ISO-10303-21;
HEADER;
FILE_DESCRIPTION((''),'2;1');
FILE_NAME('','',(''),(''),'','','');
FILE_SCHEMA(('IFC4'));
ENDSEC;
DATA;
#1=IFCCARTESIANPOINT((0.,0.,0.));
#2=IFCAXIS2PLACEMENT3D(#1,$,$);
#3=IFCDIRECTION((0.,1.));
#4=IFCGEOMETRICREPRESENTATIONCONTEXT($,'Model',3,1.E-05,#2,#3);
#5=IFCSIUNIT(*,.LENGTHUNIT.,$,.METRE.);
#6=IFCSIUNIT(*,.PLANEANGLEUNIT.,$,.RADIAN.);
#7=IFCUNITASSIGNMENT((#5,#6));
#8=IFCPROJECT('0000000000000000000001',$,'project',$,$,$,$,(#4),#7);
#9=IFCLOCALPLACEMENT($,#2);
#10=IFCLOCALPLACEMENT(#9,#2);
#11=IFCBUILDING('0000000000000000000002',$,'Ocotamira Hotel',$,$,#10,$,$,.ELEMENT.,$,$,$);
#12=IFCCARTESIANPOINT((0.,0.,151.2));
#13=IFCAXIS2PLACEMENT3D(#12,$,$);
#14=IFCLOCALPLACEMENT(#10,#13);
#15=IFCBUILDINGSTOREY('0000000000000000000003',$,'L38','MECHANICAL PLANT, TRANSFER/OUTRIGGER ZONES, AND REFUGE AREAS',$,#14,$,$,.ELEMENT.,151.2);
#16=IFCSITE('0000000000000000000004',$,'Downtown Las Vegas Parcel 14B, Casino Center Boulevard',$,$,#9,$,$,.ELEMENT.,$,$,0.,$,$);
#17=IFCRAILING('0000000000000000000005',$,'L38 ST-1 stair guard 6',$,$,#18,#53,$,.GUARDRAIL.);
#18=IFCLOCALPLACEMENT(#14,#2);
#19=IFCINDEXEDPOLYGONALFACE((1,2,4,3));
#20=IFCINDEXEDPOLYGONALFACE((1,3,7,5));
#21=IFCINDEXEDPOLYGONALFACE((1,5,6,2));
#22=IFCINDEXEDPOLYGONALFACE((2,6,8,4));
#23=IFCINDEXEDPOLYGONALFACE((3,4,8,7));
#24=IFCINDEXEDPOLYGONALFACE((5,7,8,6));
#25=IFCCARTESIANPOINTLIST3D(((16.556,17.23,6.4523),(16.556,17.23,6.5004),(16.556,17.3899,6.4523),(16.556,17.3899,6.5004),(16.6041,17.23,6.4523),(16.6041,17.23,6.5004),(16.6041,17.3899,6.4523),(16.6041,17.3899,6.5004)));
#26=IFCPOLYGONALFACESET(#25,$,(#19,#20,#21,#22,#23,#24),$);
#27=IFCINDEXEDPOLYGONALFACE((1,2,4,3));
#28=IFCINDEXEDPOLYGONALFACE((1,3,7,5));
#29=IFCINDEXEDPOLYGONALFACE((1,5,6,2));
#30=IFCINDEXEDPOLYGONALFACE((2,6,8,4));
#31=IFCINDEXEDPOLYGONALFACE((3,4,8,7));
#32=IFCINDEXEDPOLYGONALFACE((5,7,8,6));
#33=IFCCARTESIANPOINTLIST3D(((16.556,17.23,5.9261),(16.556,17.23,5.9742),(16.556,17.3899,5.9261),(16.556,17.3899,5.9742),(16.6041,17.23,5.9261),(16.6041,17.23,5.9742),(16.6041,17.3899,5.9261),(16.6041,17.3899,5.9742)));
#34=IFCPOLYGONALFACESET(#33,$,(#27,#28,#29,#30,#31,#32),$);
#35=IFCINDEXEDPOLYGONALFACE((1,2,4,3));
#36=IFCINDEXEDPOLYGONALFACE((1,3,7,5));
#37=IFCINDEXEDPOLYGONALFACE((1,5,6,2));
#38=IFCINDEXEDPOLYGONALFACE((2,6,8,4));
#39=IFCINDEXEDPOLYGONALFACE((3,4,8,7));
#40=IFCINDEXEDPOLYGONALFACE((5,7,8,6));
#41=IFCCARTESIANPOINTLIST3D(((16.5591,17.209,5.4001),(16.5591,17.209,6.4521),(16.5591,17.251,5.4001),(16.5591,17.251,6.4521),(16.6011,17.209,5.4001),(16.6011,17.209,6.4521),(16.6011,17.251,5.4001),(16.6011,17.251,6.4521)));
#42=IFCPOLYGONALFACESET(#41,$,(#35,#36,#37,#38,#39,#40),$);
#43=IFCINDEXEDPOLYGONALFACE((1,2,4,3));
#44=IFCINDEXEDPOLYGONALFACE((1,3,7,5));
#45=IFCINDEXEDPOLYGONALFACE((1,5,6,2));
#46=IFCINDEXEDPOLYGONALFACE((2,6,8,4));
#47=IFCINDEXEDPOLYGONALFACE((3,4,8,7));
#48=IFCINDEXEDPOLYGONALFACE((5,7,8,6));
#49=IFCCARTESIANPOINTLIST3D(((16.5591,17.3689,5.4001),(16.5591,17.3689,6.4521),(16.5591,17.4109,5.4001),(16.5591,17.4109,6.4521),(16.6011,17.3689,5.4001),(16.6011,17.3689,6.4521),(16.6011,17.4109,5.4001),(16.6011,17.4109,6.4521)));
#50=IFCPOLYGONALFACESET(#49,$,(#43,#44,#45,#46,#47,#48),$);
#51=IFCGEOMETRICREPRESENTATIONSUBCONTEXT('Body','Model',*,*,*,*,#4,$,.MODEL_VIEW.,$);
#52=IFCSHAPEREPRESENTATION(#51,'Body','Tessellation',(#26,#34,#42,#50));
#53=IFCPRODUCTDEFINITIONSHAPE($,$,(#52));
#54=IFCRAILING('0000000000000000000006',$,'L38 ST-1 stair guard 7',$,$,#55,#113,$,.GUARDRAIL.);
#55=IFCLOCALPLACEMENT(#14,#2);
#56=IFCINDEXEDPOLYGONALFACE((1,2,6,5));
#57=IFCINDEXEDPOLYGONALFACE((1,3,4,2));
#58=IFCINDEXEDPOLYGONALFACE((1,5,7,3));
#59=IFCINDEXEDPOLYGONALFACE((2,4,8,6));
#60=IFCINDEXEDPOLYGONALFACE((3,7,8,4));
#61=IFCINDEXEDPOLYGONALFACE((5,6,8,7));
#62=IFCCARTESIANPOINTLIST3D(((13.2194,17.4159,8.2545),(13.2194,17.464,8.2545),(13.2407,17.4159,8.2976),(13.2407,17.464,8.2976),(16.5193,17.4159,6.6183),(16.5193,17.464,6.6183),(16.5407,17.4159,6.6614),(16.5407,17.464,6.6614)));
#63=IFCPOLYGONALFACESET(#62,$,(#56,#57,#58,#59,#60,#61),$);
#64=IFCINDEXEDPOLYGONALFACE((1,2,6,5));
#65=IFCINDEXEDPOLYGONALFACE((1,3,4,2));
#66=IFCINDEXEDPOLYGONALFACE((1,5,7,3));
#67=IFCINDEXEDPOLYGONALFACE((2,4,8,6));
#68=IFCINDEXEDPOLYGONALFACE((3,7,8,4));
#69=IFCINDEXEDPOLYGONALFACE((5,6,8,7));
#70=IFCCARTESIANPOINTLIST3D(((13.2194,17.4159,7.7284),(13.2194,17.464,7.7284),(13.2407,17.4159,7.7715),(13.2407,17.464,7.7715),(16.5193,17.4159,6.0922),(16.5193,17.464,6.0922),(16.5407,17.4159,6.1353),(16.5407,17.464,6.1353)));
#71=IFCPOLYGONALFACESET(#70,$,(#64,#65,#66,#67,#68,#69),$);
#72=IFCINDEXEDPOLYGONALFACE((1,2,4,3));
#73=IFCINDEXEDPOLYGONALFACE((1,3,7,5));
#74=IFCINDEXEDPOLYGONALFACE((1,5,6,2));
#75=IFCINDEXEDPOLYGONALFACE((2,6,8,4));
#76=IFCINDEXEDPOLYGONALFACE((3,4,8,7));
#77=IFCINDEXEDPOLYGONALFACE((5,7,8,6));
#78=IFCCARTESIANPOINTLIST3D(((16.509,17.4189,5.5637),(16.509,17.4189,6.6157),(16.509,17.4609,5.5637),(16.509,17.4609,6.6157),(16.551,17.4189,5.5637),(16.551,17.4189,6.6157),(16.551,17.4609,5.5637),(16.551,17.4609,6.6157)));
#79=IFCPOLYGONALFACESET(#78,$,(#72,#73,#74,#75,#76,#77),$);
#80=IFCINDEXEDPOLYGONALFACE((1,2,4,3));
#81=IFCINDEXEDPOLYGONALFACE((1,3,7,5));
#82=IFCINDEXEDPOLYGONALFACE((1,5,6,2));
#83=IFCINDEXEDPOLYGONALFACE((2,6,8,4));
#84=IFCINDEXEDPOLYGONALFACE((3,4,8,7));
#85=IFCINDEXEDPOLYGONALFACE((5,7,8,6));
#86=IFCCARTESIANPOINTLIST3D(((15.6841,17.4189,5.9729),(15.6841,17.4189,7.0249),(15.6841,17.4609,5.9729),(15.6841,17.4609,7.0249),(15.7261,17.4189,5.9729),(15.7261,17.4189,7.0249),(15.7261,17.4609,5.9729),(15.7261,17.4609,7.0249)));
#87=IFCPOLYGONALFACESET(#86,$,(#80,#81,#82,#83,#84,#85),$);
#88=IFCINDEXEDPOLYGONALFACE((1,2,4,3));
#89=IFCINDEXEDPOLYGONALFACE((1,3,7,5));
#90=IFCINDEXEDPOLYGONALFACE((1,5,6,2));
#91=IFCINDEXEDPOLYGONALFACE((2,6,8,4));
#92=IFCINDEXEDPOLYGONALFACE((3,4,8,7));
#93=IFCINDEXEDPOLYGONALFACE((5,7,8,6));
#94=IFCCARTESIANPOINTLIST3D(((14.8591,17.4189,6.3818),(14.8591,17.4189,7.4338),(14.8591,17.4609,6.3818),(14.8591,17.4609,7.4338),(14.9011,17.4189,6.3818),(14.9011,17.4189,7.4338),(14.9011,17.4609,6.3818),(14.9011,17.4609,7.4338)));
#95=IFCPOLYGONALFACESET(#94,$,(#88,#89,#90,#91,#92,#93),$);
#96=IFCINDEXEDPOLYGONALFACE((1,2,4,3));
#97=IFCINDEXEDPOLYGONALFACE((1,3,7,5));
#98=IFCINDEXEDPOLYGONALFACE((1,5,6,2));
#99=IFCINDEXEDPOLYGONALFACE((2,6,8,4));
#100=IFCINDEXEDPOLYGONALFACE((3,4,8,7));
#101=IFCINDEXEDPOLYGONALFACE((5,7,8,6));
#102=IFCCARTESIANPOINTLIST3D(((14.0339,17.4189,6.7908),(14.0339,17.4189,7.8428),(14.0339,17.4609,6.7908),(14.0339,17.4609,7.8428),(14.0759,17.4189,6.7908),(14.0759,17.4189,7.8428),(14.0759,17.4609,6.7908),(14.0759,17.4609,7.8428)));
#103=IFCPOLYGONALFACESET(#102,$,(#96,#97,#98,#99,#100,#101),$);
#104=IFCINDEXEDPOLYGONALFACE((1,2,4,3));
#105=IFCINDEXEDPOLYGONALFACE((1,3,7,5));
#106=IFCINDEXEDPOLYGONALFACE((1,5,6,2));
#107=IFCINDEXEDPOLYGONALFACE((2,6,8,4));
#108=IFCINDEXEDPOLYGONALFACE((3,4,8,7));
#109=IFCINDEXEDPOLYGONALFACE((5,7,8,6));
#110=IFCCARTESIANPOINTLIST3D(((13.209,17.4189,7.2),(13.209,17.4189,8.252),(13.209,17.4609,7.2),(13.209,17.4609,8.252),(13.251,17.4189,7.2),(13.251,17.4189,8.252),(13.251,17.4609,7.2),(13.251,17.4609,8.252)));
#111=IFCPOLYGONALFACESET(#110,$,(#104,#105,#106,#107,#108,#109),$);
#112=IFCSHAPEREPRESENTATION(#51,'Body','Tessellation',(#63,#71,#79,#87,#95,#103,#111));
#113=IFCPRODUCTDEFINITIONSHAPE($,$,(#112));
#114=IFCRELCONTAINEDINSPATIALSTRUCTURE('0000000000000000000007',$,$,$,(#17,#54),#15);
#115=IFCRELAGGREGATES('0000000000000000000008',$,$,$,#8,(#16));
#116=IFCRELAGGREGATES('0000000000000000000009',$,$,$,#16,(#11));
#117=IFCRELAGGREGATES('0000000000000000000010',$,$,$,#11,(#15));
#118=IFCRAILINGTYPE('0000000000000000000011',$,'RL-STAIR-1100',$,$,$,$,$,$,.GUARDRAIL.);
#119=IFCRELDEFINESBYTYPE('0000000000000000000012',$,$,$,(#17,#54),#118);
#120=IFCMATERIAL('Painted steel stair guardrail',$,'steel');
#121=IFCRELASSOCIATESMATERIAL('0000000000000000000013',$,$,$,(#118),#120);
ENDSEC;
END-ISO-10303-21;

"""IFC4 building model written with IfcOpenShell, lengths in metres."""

from ifc_helpers import new_model, si_unit, direction, frame, origin, origin_2d, place, context, subcontext, project, spatial, rectangle, extrude, material, type_object, element, save


model = new_model("IFC4")

# Units and contexts
model_context = context("Model", 3, precision=1e-05, world=origin(), true_north=direction((0.0, 1.0)))
body_context = subcontext(model_context, "Body", "Model", "MODEL_VIEW")
ifc_project = project(units=[si_unit("LENGTHUNIT", "METRE"), si_unit("PLANEANGLEUNIT", "RADIAN")], contexts=[model_context])

# Site, building, storey
site_placement = place(None, origin())
site = spatial("IfcSite", under=ifc_project, at=site_placement, Name="Downtown Las Vegas Parcel 14B, Casino Center Boulevard", CompositionType="ELEMENT", RefElevation=0.0)
building_placement = place(site_placement, origin())
building = spatial("IfcBuilding", under=site, at=building_placement, Name="Ocotamira Hotel", CompositionType="ELEMENT")
storey_placement = place(building_placement, frame((0.0, 0.0, 151.2)))
storey = spatial("IfcBuildingStorey", under=building, at=storey_placement, Name="L38", Description="MECHANICAL PLANT, TRANSFER/OUTRIGGER ZONES, AND REFUGE AREAS", CompositionType="ELEMENT", Elevation=151.2)

# Railings
ifc_material_1 = material(Name="Painted steel stair guardrail", Category="steel")
railing_type_1 = type_object("IfcRailingType", Name="RL-STAIR-1100", PredefinedType="GUARDRAIL", material=ifc_material_1)
railing_1_placement = place(storey_placement, frame((16.5801, 17.23, 5.4001)))
element("IfcRailing", 1, at=railing_1_placement, inside=storey, type_object=railing_type_1, Name="L38 ST-1 stair guard 6", PredefinedType="GUARDRAIL", context=body_context, shape_type="SweptSolid", body=[
    extrude(rectangle(XDim=0.0481, YDim=0.0481, at=origin_2d()), frame((0.0, 0.0, 1.0762), z_axis=(0.0, 1.0, 0.0), x_axis=(-1.0, 0.0, 0.0)), (0.0, 0.0, 1.0), 0.1599),
    extrude(rectangle(XDim=0.0481, YDim=0.0481, at=origin_2d()), frame((0.0, 0.0, 0.55), z_axis=(0.0, 1.0, 0.0), x_axis=(-1.0, 0.0, 0.0)), (0.0, 0.0, 1.0), 0.1599),
    extrude(rectangle(XDim=0.042, YDim=0.042, at=origin_2d()), origin(), (0.0, 0.0, 1.0), 1.052),
    extrude(rectangle(XDim=0.042, YDim=0.042, at=origin_2d()), frame((0.0, 0.1599, 0.0)), (0.0, 0.0, 1.0), 1.052),
])
railing_2_placement = place(storey_placement, frame((16.53, 17.4399, 5.5637)))
element("IfcRailing", 2, at=railing_2_placement, inside=storey, type_object=railing_type_1, Name="L38 ST-1 stair guard 7", PredefinedType="GUARDRAIL", context=body_context, shape_type="SweptSolid", body=[
    extrude(rectangle(XDim=0.0481, YDim=0.0481, at=origin_2d()), frame((0.0, 0.0, 1.0762), z_axis=(-0.89592, 0.0, 0.444215), x_axis=(0.0, -1.0, 0.0)), (0.0, 0.0, 1.0), 3.6833),
    extrude(rectangle(XDim=0.0481, YDim=0.0481, at=origin_2d()), frame((0.0, 0.0, 0.55), z_axis=(-0.89592, 0.0, 0.444215), x_axis=(0.0, -1.0, 0.0)), (0.0, 0.0, 1.0), 3.6833),
    extrude(rectangle(XDim=0.042, YDim=0.042, at=origin_2d()), origin(), (0.0, 0.0, 1.0), 1.052),
    extrude(rectangle(XDim=0.042, YDim=0.042, at=origin_2d()), frame((-0.825, 0.0, 0.4092)), (0.0, 0.0, 1.0), 1.052),
    extrude(rectangle(XDim=0.042, YDim=0.042, at=origin_2d()), frame((-1.6499, 0.0, 0.8181)), (0.0, 0.0, 1.0), 1.052),
    extrude(rectangle(XDim=0.042, YDim=0.042, at=origin_2d()), frame((-2.4751, 0.0, 1.2271)), (0.0, 0.0, 1.0), 1.052),
    extrude(rectangle(XDim=0.042, YDim=0.042, at=origin_2d()), frame((-3.3, 0.0, 1.6362)), (0.0, 0.0, 1.0), 1.052),
])

save(model, "model.ifc")
